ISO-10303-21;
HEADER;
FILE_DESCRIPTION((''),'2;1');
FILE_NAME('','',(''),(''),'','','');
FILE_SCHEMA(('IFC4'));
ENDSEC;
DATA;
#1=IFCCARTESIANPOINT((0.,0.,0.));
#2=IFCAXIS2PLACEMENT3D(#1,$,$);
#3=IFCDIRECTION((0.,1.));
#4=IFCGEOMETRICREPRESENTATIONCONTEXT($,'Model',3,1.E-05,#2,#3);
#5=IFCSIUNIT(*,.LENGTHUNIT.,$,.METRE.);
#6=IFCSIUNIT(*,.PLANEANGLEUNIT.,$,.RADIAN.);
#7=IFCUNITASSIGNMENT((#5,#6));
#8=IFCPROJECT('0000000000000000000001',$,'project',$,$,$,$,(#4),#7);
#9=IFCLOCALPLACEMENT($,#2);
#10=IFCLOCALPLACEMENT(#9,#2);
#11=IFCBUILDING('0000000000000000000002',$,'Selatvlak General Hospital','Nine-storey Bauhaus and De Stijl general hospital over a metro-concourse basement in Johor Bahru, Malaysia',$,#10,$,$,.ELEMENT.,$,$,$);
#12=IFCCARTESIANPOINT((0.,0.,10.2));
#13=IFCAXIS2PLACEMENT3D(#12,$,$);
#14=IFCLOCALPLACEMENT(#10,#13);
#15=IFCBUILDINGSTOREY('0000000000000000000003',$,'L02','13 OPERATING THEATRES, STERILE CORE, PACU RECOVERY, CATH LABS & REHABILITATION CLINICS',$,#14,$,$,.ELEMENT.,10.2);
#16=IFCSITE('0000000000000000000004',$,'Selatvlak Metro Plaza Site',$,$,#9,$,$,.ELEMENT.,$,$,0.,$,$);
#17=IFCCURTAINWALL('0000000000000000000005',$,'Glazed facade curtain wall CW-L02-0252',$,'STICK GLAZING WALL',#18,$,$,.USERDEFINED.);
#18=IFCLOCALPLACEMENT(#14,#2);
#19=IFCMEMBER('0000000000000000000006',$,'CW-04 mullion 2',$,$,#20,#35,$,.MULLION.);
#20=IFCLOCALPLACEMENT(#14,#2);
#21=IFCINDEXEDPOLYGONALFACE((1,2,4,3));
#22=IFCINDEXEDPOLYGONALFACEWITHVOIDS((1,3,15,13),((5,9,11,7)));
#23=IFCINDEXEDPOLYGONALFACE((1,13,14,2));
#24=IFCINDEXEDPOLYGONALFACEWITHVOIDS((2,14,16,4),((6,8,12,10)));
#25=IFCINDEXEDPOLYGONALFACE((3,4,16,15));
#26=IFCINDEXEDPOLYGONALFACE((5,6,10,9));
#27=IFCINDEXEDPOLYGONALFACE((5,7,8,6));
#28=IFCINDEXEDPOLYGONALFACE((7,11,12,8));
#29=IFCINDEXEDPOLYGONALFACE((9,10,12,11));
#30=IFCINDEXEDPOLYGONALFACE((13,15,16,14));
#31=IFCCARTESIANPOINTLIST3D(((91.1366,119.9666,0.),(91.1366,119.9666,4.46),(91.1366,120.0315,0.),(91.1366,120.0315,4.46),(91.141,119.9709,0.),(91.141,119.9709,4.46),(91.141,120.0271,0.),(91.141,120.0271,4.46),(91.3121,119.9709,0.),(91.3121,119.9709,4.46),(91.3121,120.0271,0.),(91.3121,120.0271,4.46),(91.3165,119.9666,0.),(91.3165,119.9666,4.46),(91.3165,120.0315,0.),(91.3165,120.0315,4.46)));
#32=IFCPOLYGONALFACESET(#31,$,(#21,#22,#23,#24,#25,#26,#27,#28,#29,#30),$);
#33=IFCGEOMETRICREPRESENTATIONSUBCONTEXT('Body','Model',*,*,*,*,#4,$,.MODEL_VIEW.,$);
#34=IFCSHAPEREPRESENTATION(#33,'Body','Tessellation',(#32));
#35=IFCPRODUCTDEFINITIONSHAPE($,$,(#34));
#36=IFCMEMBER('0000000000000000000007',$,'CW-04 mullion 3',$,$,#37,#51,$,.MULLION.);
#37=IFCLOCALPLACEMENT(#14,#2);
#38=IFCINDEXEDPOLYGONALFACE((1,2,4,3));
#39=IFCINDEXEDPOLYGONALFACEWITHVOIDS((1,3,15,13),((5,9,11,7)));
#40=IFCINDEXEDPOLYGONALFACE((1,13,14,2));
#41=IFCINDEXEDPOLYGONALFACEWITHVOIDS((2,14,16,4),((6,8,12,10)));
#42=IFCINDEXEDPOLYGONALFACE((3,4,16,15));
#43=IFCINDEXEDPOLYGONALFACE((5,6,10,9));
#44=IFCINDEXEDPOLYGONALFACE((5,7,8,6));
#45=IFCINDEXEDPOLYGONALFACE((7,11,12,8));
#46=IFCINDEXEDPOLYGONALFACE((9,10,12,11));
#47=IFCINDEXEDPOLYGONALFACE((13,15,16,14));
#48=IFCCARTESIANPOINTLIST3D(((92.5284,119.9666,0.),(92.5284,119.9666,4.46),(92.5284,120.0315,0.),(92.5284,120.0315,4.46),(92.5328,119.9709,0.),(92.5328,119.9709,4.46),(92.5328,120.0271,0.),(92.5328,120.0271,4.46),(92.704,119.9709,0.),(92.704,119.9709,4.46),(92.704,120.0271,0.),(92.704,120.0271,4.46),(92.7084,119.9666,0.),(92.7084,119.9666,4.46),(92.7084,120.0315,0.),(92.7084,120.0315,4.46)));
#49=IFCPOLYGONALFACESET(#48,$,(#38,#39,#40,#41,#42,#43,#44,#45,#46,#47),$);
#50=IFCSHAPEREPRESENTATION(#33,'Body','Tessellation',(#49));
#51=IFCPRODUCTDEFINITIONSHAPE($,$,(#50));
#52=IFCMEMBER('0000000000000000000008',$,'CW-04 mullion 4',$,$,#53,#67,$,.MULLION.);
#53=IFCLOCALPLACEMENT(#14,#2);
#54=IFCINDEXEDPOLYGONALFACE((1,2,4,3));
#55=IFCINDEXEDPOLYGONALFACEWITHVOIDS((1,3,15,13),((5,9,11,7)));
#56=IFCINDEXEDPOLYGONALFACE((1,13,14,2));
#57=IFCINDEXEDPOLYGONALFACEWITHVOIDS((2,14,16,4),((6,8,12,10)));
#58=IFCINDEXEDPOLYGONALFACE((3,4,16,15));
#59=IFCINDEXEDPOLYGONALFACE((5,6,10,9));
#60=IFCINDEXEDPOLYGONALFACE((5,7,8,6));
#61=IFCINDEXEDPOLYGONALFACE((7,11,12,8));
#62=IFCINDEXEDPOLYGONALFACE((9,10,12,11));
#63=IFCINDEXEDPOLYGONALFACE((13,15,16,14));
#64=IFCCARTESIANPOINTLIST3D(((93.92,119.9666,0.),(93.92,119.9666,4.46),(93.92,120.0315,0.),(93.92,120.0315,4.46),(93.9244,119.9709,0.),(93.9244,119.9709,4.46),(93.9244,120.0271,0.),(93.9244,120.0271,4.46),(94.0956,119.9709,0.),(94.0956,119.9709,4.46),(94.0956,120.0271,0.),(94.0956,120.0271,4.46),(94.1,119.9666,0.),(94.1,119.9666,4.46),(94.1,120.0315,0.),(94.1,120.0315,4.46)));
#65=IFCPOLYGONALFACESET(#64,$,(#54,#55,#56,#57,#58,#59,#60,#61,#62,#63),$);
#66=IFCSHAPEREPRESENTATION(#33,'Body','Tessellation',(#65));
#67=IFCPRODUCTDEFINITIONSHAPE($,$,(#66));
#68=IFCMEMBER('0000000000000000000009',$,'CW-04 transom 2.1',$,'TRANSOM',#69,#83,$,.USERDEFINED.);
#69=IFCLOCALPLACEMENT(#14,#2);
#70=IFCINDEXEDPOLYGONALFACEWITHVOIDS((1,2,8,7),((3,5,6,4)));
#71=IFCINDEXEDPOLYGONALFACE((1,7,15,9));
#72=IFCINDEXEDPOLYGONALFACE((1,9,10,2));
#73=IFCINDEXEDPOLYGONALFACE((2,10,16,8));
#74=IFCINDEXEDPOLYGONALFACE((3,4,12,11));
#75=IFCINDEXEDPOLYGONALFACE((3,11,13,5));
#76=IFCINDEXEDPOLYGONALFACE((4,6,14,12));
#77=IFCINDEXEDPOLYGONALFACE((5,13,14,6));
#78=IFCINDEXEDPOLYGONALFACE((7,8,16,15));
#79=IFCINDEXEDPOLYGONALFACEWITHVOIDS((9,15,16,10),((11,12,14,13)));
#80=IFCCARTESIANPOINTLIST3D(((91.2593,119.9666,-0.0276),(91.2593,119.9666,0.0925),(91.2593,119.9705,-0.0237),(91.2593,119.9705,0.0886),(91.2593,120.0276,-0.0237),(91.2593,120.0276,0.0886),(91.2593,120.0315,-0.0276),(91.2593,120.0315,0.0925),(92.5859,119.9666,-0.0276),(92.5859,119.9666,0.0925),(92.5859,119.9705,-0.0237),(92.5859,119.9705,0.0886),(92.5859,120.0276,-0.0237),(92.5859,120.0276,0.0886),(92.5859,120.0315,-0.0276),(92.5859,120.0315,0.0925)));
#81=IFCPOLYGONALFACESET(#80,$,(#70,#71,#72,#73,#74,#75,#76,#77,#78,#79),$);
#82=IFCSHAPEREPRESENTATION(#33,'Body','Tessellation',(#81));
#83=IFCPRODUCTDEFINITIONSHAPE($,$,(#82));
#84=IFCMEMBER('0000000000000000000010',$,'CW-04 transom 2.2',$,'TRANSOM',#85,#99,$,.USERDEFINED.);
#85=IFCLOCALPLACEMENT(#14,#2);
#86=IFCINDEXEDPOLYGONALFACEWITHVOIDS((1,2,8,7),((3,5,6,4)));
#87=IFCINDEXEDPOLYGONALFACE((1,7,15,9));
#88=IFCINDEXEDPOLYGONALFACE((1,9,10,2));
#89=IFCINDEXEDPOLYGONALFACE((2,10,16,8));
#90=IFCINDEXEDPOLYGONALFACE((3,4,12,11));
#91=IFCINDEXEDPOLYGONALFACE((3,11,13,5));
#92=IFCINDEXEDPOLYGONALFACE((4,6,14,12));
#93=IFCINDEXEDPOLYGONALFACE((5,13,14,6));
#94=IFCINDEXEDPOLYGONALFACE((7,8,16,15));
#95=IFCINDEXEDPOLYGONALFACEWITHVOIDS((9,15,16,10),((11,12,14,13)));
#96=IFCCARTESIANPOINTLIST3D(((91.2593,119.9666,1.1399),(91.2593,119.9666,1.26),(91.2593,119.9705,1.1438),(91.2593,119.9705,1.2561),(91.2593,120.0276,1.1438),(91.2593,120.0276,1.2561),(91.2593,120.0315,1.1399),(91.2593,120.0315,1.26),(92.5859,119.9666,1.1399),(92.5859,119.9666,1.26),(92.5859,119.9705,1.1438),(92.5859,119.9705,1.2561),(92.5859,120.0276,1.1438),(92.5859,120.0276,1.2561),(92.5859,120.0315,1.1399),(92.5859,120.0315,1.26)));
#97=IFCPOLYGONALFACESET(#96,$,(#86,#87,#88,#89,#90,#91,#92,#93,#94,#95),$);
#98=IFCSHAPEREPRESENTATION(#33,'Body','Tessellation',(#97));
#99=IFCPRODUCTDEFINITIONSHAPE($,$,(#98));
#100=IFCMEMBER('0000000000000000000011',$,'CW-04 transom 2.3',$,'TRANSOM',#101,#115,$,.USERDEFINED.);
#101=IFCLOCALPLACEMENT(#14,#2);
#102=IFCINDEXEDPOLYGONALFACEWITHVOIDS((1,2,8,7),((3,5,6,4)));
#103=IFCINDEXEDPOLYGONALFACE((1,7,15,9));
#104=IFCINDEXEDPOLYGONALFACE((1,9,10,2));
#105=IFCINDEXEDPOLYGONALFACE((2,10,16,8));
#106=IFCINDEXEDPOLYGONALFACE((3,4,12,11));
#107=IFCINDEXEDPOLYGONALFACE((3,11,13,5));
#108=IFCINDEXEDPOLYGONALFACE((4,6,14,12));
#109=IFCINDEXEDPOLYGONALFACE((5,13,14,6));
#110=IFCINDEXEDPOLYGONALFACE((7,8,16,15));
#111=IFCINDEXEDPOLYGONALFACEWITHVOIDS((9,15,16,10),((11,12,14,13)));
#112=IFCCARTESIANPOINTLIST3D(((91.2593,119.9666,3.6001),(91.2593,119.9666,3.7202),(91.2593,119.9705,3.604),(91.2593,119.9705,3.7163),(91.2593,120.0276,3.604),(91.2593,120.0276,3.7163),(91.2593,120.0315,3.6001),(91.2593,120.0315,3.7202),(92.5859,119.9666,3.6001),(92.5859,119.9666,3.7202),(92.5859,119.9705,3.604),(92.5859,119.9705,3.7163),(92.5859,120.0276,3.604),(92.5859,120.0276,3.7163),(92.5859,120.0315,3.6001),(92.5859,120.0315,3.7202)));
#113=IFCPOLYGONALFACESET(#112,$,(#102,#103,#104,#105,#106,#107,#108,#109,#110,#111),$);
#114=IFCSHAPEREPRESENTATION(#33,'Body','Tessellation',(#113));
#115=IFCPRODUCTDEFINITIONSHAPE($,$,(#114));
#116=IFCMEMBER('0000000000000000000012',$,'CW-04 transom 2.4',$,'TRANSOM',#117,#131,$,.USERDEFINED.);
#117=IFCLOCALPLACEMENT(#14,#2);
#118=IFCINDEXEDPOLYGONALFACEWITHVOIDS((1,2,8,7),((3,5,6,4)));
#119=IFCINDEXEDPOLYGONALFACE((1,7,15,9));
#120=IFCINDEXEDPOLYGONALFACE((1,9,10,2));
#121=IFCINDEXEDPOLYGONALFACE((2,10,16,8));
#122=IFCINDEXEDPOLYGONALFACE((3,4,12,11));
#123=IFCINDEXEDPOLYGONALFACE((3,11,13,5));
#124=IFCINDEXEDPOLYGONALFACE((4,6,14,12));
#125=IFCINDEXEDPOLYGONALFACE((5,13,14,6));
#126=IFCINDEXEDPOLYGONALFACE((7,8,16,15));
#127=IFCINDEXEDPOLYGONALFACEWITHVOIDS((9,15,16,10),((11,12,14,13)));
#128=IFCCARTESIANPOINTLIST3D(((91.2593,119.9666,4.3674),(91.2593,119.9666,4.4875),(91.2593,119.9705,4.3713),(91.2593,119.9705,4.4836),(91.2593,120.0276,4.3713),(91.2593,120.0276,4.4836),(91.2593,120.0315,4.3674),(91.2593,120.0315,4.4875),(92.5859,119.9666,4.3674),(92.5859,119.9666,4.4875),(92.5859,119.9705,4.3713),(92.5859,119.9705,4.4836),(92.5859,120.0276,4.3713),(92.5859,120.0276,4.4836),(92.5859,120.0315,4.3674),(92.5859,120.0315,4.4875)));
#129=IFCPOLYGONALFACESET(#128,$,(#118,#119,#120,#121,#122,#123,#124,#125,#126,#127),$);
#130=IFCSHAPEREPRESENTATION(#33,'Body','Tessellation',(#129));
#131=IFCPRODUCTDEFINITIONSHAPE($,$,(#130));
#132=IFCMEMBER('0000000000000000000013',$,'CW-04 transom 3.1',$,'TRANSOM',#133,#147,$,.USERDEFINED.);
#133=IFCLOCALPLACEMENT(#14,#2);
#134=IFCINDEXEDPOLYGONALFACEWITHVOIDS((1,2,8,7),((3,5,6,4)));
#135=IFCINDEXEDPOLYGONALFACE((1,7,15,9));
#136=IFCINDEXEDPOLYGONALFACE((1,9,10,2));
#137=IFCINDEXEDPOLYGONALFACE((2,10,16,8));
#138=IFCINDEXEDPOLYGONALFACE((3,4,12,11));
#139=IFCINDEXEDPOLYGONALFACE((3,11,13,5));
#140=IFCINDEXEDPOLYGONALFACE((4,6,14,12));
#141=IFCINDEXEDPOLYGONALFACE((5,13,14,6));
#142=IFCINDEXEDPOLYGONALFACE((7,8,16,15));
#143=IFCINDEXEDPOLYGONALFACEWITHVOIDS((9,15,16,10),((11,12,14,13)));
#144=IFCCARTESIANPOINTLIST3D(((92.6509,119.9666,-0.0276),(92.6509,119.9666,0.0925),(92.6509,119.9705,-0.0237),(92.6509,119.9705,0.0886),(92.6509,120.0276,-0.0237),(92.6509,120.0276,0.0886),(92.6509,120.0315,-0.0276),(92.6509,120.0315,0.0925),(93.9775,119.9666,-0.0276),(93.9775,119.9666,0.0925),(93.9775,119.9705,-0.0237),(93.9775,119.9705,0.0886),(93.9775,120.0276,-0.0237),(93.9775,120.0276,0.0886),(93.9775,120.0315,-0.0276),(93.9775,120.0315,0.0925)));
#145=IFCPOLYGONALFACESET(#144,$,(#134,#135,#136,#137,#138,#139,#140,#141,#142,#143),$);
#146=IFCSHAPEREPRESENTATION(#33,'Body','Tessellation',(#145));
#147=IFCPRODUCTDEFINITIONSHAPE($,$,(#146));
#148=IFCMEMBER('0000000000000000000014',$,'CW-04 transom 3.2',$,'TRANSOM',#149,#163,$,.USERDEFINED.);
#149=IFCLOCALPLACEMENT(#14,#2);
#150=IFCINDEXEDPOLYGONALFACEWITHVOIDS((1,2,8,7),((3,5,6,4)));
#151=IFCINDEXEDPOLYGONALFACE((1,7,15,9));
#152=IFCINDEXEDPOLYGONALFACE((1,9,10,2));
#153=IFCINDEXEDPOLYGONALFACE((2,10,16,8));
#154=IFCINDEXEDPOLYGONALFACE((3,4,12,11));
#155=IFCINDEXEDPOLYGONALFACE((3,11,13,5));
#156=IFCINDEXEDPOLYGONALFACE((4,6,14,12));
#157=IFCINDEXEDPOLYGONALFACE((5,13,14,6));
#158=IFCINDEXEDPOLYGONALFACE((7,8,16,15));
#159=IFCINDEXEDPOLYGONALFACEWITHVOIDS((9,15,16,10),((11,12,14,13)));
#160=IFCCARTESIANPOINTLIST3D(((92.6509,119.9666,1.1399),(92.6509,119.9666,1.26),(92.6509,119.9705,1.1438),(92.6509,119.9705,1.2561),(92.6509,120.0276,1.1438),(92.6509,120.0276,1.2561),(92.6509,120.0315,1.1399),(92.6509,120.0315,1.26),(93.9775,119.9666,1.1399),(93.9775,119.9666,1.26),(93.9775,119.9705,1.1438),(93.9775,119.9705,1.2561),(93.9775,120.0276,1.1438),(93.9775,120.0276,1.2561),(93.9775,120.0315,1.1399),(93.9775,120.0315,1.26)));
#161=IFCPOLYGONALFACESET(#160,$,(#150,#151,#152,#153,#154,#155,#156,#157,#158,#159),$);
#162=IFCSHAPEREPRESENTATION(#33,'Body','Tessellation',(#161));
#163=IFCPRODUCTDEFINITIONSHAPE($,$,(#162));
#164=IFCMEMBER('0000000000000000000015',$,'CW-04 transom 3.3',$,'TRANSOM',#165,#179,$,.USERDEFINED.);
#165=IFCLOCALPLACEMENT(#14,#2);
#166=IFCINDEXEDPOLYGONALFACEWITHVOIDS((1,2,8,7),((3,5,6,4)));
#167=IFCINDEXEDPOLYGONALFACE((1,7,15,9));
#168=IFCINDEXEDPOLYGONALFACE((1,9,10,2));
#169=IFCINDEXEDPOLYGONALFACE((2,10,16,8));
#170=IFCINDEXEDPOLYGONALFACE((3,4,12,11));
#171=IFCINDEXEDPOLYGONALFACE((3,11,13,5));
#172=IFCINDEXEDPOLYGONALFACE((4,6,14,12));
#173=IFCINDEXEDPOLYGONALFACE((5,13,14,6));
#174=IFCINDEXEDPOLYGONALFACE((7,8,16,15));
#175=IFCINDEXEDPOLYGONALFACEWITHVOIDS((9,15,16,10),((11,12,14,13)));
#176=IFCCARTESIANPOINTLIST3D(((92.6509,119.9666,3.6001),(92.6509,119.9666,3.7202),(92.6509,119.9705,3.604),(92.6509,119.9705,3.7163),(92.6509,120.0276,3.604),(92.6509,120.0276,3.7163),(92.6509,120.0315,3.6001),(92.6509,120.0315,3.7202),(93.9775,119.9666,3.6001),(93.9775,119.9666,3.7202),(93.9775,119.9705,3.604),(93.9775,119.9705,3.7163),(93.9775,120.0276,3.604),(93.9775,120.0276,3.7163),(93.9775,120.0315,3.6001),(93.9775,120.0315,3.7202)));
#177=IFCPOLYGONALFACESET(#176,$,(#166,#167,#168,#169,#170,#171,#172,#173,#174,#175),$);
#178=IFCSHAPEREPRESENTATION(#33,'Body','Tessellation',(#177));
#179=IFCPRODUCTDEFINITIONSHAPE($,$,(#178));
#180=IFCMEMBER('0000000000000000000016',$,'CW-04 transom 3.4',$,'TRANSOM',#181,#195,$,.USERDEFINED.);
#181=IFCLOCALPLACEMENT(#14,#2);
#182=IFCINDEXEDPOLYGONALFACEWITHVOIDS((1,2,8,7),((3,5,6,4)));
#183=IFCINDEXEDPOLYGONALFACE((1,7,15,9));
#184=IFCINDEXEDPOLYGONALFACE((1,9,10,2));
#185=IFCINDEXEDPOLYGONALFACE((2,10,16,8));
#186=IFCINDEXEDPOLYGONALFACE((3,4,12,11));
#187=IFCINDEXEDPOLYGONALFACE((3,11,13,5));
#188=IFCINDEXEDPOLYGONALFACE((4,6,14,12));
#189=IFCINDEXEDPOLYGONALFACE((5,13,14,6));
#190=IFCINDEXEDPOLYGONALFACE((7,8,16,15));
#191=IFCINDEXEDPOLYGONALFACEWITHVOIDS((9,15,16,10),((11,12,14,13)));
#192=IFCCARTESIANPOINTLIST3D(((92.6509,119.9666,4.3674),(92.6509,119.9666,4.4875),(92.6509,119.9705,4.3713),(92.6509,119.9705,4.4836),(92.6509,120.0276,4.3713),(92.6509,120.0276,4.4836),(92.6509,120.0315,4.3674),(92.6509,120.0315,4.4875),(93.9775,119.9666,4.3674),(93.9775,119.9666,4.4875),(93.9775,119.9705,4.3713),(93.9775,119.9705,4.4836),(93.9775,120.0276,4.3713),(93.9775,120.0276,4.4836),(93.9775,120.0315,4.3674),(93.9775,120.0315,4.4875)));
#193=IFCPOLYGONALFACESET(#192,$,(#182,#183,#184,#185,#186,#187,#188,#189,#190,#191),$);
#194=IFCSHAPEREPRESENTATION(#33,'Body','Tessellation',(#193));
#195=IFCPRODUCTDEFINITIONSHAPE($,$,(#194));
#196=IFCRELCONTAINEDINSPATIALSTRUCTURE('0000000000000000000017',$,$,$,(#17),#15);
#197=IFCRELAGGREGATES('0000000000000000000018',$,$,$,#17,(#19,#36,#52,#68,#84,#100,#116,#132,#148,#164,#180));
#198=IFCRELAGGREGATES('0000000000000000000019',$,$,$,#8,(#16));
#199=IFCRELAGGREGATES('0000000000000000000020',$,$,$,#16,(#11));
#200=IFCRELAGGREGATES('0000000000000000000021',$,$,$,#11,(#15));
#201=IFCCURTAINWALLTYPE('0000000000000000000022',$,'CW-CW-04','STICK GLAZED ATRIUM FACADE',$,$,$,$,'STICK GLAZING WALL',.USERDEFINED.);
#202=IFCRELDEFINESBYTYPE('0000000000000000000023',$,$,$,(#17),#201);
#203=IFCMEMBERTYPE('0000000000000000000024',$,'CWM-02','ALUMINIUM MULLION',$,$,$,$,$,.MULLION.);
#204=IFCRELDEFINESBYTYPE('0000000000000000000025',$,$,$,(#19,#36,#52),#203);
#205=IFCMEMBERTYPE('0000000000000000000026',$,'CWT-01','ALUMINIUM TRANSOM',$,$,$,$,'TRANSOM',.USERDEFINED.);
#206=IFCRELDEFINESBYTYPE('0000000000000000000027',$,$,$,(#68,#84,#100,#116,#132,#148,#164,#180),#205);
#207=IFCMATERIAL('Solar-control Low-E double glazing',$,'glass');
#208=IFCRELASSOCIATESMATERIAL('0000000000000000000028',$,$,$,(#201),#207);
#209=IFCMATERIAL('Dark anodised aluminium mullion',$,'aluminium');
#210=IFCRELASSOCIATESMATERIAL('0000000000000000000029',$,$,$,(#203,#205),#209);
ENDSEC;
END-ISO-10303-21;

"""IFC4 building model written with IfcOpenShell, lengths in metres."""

from ifc_helpers import new_model, si_unit, direction, frame, origin, origin_2d, place, context, subcontext, project, spatial, hollow_rectangle, extrude, material, material_profile, profile_set, type_object, element, aggregate, save


model = new_model("IFC4")

# Units and contexts
model_context = context("Model", 3, precision=1e-05, world=origin(), true_north=direction((0.0, 1.0)))
body_context = subcontext(model_context, "Body", "Model", "MODEL_VIEW")
ifc_project = project(units=[si_unit("LENGTHUNIT", "METRE"), si_unit("PLANEANGLEUNIT", "RADIAN")], contexts=[model_context])

# Site, building, storey
site_placement = place(None, origin())
site = spatial("IfcSite", under=ifc_project, at=site_placement, Name="Selatvlak Metro Plaza Site", CompositionType="ELEMENT", RefElevation=0.0)
building_placement = place(site_placement, origin())
building = spatial("IfcBuilding", under=site, at=building_placement, Name="Selatvlak General Hospital", Description="Nine-storey Bauhaus and De Stijl general hospital over a metro-concourse basement in Johor Bahru, Malaysia", CompositionType="ELEMENT")
storey_placement = place(building_placement, frame((0.0, 0.0, 10.2)))
storey = spatial("IfcBuildingStorey", under=building, at=storey_placement, Name="L02", Description="13 OPERATING THEATRES, STERILE CORE, PACU RECOVERY, CATH LABS & REHABILITATION CLINICS", CompositionType="ELEMENT", Elevation=10.2)

# Curtain wall, members
ifc_material_1 = material(Name="Solar-control Low-E double glazing", Category="glass")
curtain_wall_type = type_object("IfcCurtainWallType", Name="CW-CW-04", Description="STICK GLAZED ATRIUM FACADE", ElementType="STICK GLAZING WALL", PredefinedType="USERDEFINED", material=ifc_material_1)
curtain_wall_placement = place(storey_placement, origin())
curtain_wall = element("IfcCurtainWall", 1, at=curtain_wall_placement, inside=storey, type_object=curtain_wall_type, Name="Glazed facade curtain wall CW-L02-0252", ObjectType="STICK GLAZING WALL", PredefinedType="USERDEFINED")
ifc_material_2 = material(Name="Dark anodised aluminium mullion", Category="aluminium")
ifc_material_profile_1 = material_profile(ifc_material_2, hollow_rectangle(XDim=0.0649, YDim=0.1799, WallThickness=0.0044, at=origin_2d()), Name="AL-MUL 65x180x4.5")
ifc_profile_set_1 = profile_set([ifc_material_profile_1], Name="Dark anodised aluminium mullion")
member_type_1 = type_object("IfcMemberType", Name="CWM-02", Description="ALUMINIUM MULLION", PredefinedType="MULLION", material=ifc_profile_set_1)
member_1_placement = place(storey_placement, frame((91.2266, 119.999, 0.0), z_axis=(0.0, 0.0, 1.0), x_axis=(0.0, 1.0, 0.0)))
member_1 = element("IfcMember", 2, at=member_1_placement, type_object=member_type_1, Name="CW-04 mullion 2", PredefinedType="MULLION", context=body_context, shape_type="SweptSolid", body=[
    extrude(hollow_rectangle(XDim=0.0649, YDim=0.1799, WallThickness=0.0044, at=origin_2d()), origin(), (0.0, 0.0, 1.0), 4.46),
])
member_2_placement = place(storey_placement, frame((92.6184, 119.999, 0.0), z_axis=(0.0, 0.0, 1.0), x_axis=(0.0, 1.0, 0.0)))
member_2 = element("IfcMember", 3, at=member_2_placement, type_object=member_type_1, Name="CW-04 mullion 3", PredefinedType="MULLION", context=body_context, shape_type="SweptSolid", body=[
    extrude(hollow_rectangle(XDim=0.0649, YDim=0.1799, WallThickness=0.0044, at=origin_2d()), origin(), (0.0, 0.0, 1.0), 4.46),
])
member_3_placement = place(storey_placement, frame((94.01, 119.999, 0.0), z_axis=(0.0, 0.0, 1.0), x_axis=(0.0, 1.0, 0.0)))
member_3 = element("IfcMember", 4, at=member_3_placement, type_object=member_type_1, Name="CW-04 mullion 4", PredefinedType="MULLION", context=body_context, shape_type="SweptSolid", body=[
    extrude(hollow_rectangle(XDim=0.0649, YDim=0.1799, WallThickness=0.0044, at=origin_2d()), origin(), (0.0, 0.0, 1.0), 4.46),
])
ifc_material_profile_2 = material_profile(ifc_material_2, hollow_rectangle(XDim=0.0649, YDim=0.1201, WallThickness=0.0039, at=origin_2d()), Name="AL-TRN 65x120x4")
ifc_profile_set_2 = profile_set([ifc_material_profile_2], Name="Dark anodised aluminium mullion")
member_type_2 = type_object("IfcMemberType", Name="CWT-01", Description="ALUMINIUM TRANSOM", ElementType="TRANSOM", PredefinedType="USERDEFINED", material=ifc_profile_set_2)
member_4_placement = place(storey_placement, frame((91.2593, 119.999, 0.0325), z_axis=(1.0, 0.0, 0.0), x_axis=(0.0, 1.0, 0.0)))
member_4 = element("IfcMember", 5, at=member_4_placement, type_object=member_type_2, Name="CW-04 transom 2.1", ObjectType="TRANSOM", PredefinedType="USERDEFINED", context=body_context, shape_type="SweptSolid", body=[
    extrude(hollow_rectangle(XDim=0.0649, YDim=0.1201, WallThickness=0.0039, at=origin_2d()), origin(), (0.0, 0.0, 1.0), 1.3267),
])
member_5_placement = place(storey_placement, frame((91.2593, 119.999, 1.2), z_axis=(1.0, 0.0, 0.0), x_axis=(0.0, 1.0, 0.0)))
member_5 = element("IfcMember", 6, at=member_5_placement, type_object=member_type_2, Name="CW-04 transom 2.2", ObjectType="TRANSOM", PredefinedType="USERDEFINED", context=body_context, shape_type="SweptSolid", body=[
    extrude(hollow_rectangle(XDim=0.0649, YDim=0.1201, WallThickness=0.0039, at=origin_2d()), origin(), (0.0, 0.0, 1.0), 1.3267),
])
member_6_placement = place(storey_placement, frame((91.2593, 119.999, 3.6602), z_axis=(1.0, 0.0, 0.0), x_axis=(0.0, 1.0, 0.0)))
member_6 = element("IfcMember", 7, at=member_6_placement, type_object=member_type_2, Name="CW-04 transom 2.3", ObjectType="TRANSOM", PredefinedType="USERDEFINED", context=body_context, shape_type="SweptSolid", body=[
    extrude(hollow_rectangle(XDim=0.0649, YDim=0.1201, WallThickness=0.0039, at=origin_2d()), origin(), (0.0, 0.0, 1.0), 1.3267),
])
member_7_placement = place(storey_placement, frame((91.2593, 119.999, 4.4275), z_axis=(1.0, 0.0, 0.0), x_axis=(0.0, 1.0, 0.0)))
member_7 = element("IfcMember", 8, at=member_7_placement, type_object=member_type_2, Name="CW-04 transom 2.4", ObjectType="TRANSOM", PredefinedType="USERDEFINED", context=body_context, shape_type="SweptSolid", body=[
    extrude(hollow_rectangle(XDim=0.0649, YDim=0.1201, WallThickness=0.0039, at=origin_2d()), origin(), (0.0, 0.0, 1.0), 1.3267),
])
member_8_placement = place(storey_placement, frame((92.6509, 119.999, 0.0325), z_axis=(1.0, 0.0, 0.0), x_axis=(0.0, 1.0, 0.0)))
member_8 = element("IfcMember", 9, at=member_8_placement, type_object=member_type_2, Name="CW-04 transom 3.1", ObjectType="TRANSOM", PredefinedType="USERDEFINED", context=body_context, shape_type="SweptSolid", body=[
    extrude(hollow_rectangle(XDim=0.0649, YDim=0.1201, WallThickness=0.0039, at=origin_2d()), origin(), (0.0, 0.0, 1.0), 1.3267),
])
member_9_placement = place(storey_placement, frame((92.6509, 119.999, 1.2), z_axis=(1.0, 0.0, 0.0), x_axis=(0.0, 1.0, 0.0)))
member_9 = element("IfcMember", 10, at=member_9_placement, type_object=member_type_2, Name="CW-04 transom 3.2", ObjectType="TRANSOM", PredefinedType="USERDEFINED", context=body_context, shape_type="SweptSolid", body=[
    extrude(hollow_rectangle(XDim=0.0649, YDim=0.1201, WallThickness=0.0039, at=origin_2d()), origin(), (0.0, 0.0, 1.0), 1.3267),
])
member_10_placement = place(storey_placement, frame((92.6509, 119.999, 3.6602), z_axis=(1.0, 0.0, 0.0), x_axis=(0.0, 1.0, 0.0)))
member_10 = element("IfcMember", 11, at=member_10_placement, type_object=member_type_2, Name="CW-04 transom 3.3", ObjectType="TRANSOM", PredefinedType="USERDEFINED", context=body_context, shape_type="SweptSolid", body=[
    extrude(hollow_rectangle(XDim=0.0649, YDim=0.1201, WallThickness=0.0039, at=origin_2d()), origin(), (0.0, 0.0, 1.0), 1.3267),
])
member_11_placement = place(storey_placement, frame((92.6509, 119.999, 4.4275), z_axis=(1.0, 0.0, 0.0), x_axis=(0.0, 1.0, 0.0)))
member_11 = element("IfcMember", 12, at=member_11_placement, type_object=member_type_2, Name="CW-04 transom 3.4", ObjectType="TRANSOM", PredefinedType="USERDEFINED", context=body_context, shape_type="SweptSolid", body=[
    extrude(hollow_rectangle(XDim=0.0649, YDim=0.1201, WallThickness=0.0039, at=origin_2d()), origin(), (0.0, 0.0, 1.0), 1.3267),
])
aggregate(curtain_wall, [member_1, member_2, member_3, member_4, member_5, member_6, member_7, member_8, member_9, member_10, member_11])

save(model, "model.ifc")
